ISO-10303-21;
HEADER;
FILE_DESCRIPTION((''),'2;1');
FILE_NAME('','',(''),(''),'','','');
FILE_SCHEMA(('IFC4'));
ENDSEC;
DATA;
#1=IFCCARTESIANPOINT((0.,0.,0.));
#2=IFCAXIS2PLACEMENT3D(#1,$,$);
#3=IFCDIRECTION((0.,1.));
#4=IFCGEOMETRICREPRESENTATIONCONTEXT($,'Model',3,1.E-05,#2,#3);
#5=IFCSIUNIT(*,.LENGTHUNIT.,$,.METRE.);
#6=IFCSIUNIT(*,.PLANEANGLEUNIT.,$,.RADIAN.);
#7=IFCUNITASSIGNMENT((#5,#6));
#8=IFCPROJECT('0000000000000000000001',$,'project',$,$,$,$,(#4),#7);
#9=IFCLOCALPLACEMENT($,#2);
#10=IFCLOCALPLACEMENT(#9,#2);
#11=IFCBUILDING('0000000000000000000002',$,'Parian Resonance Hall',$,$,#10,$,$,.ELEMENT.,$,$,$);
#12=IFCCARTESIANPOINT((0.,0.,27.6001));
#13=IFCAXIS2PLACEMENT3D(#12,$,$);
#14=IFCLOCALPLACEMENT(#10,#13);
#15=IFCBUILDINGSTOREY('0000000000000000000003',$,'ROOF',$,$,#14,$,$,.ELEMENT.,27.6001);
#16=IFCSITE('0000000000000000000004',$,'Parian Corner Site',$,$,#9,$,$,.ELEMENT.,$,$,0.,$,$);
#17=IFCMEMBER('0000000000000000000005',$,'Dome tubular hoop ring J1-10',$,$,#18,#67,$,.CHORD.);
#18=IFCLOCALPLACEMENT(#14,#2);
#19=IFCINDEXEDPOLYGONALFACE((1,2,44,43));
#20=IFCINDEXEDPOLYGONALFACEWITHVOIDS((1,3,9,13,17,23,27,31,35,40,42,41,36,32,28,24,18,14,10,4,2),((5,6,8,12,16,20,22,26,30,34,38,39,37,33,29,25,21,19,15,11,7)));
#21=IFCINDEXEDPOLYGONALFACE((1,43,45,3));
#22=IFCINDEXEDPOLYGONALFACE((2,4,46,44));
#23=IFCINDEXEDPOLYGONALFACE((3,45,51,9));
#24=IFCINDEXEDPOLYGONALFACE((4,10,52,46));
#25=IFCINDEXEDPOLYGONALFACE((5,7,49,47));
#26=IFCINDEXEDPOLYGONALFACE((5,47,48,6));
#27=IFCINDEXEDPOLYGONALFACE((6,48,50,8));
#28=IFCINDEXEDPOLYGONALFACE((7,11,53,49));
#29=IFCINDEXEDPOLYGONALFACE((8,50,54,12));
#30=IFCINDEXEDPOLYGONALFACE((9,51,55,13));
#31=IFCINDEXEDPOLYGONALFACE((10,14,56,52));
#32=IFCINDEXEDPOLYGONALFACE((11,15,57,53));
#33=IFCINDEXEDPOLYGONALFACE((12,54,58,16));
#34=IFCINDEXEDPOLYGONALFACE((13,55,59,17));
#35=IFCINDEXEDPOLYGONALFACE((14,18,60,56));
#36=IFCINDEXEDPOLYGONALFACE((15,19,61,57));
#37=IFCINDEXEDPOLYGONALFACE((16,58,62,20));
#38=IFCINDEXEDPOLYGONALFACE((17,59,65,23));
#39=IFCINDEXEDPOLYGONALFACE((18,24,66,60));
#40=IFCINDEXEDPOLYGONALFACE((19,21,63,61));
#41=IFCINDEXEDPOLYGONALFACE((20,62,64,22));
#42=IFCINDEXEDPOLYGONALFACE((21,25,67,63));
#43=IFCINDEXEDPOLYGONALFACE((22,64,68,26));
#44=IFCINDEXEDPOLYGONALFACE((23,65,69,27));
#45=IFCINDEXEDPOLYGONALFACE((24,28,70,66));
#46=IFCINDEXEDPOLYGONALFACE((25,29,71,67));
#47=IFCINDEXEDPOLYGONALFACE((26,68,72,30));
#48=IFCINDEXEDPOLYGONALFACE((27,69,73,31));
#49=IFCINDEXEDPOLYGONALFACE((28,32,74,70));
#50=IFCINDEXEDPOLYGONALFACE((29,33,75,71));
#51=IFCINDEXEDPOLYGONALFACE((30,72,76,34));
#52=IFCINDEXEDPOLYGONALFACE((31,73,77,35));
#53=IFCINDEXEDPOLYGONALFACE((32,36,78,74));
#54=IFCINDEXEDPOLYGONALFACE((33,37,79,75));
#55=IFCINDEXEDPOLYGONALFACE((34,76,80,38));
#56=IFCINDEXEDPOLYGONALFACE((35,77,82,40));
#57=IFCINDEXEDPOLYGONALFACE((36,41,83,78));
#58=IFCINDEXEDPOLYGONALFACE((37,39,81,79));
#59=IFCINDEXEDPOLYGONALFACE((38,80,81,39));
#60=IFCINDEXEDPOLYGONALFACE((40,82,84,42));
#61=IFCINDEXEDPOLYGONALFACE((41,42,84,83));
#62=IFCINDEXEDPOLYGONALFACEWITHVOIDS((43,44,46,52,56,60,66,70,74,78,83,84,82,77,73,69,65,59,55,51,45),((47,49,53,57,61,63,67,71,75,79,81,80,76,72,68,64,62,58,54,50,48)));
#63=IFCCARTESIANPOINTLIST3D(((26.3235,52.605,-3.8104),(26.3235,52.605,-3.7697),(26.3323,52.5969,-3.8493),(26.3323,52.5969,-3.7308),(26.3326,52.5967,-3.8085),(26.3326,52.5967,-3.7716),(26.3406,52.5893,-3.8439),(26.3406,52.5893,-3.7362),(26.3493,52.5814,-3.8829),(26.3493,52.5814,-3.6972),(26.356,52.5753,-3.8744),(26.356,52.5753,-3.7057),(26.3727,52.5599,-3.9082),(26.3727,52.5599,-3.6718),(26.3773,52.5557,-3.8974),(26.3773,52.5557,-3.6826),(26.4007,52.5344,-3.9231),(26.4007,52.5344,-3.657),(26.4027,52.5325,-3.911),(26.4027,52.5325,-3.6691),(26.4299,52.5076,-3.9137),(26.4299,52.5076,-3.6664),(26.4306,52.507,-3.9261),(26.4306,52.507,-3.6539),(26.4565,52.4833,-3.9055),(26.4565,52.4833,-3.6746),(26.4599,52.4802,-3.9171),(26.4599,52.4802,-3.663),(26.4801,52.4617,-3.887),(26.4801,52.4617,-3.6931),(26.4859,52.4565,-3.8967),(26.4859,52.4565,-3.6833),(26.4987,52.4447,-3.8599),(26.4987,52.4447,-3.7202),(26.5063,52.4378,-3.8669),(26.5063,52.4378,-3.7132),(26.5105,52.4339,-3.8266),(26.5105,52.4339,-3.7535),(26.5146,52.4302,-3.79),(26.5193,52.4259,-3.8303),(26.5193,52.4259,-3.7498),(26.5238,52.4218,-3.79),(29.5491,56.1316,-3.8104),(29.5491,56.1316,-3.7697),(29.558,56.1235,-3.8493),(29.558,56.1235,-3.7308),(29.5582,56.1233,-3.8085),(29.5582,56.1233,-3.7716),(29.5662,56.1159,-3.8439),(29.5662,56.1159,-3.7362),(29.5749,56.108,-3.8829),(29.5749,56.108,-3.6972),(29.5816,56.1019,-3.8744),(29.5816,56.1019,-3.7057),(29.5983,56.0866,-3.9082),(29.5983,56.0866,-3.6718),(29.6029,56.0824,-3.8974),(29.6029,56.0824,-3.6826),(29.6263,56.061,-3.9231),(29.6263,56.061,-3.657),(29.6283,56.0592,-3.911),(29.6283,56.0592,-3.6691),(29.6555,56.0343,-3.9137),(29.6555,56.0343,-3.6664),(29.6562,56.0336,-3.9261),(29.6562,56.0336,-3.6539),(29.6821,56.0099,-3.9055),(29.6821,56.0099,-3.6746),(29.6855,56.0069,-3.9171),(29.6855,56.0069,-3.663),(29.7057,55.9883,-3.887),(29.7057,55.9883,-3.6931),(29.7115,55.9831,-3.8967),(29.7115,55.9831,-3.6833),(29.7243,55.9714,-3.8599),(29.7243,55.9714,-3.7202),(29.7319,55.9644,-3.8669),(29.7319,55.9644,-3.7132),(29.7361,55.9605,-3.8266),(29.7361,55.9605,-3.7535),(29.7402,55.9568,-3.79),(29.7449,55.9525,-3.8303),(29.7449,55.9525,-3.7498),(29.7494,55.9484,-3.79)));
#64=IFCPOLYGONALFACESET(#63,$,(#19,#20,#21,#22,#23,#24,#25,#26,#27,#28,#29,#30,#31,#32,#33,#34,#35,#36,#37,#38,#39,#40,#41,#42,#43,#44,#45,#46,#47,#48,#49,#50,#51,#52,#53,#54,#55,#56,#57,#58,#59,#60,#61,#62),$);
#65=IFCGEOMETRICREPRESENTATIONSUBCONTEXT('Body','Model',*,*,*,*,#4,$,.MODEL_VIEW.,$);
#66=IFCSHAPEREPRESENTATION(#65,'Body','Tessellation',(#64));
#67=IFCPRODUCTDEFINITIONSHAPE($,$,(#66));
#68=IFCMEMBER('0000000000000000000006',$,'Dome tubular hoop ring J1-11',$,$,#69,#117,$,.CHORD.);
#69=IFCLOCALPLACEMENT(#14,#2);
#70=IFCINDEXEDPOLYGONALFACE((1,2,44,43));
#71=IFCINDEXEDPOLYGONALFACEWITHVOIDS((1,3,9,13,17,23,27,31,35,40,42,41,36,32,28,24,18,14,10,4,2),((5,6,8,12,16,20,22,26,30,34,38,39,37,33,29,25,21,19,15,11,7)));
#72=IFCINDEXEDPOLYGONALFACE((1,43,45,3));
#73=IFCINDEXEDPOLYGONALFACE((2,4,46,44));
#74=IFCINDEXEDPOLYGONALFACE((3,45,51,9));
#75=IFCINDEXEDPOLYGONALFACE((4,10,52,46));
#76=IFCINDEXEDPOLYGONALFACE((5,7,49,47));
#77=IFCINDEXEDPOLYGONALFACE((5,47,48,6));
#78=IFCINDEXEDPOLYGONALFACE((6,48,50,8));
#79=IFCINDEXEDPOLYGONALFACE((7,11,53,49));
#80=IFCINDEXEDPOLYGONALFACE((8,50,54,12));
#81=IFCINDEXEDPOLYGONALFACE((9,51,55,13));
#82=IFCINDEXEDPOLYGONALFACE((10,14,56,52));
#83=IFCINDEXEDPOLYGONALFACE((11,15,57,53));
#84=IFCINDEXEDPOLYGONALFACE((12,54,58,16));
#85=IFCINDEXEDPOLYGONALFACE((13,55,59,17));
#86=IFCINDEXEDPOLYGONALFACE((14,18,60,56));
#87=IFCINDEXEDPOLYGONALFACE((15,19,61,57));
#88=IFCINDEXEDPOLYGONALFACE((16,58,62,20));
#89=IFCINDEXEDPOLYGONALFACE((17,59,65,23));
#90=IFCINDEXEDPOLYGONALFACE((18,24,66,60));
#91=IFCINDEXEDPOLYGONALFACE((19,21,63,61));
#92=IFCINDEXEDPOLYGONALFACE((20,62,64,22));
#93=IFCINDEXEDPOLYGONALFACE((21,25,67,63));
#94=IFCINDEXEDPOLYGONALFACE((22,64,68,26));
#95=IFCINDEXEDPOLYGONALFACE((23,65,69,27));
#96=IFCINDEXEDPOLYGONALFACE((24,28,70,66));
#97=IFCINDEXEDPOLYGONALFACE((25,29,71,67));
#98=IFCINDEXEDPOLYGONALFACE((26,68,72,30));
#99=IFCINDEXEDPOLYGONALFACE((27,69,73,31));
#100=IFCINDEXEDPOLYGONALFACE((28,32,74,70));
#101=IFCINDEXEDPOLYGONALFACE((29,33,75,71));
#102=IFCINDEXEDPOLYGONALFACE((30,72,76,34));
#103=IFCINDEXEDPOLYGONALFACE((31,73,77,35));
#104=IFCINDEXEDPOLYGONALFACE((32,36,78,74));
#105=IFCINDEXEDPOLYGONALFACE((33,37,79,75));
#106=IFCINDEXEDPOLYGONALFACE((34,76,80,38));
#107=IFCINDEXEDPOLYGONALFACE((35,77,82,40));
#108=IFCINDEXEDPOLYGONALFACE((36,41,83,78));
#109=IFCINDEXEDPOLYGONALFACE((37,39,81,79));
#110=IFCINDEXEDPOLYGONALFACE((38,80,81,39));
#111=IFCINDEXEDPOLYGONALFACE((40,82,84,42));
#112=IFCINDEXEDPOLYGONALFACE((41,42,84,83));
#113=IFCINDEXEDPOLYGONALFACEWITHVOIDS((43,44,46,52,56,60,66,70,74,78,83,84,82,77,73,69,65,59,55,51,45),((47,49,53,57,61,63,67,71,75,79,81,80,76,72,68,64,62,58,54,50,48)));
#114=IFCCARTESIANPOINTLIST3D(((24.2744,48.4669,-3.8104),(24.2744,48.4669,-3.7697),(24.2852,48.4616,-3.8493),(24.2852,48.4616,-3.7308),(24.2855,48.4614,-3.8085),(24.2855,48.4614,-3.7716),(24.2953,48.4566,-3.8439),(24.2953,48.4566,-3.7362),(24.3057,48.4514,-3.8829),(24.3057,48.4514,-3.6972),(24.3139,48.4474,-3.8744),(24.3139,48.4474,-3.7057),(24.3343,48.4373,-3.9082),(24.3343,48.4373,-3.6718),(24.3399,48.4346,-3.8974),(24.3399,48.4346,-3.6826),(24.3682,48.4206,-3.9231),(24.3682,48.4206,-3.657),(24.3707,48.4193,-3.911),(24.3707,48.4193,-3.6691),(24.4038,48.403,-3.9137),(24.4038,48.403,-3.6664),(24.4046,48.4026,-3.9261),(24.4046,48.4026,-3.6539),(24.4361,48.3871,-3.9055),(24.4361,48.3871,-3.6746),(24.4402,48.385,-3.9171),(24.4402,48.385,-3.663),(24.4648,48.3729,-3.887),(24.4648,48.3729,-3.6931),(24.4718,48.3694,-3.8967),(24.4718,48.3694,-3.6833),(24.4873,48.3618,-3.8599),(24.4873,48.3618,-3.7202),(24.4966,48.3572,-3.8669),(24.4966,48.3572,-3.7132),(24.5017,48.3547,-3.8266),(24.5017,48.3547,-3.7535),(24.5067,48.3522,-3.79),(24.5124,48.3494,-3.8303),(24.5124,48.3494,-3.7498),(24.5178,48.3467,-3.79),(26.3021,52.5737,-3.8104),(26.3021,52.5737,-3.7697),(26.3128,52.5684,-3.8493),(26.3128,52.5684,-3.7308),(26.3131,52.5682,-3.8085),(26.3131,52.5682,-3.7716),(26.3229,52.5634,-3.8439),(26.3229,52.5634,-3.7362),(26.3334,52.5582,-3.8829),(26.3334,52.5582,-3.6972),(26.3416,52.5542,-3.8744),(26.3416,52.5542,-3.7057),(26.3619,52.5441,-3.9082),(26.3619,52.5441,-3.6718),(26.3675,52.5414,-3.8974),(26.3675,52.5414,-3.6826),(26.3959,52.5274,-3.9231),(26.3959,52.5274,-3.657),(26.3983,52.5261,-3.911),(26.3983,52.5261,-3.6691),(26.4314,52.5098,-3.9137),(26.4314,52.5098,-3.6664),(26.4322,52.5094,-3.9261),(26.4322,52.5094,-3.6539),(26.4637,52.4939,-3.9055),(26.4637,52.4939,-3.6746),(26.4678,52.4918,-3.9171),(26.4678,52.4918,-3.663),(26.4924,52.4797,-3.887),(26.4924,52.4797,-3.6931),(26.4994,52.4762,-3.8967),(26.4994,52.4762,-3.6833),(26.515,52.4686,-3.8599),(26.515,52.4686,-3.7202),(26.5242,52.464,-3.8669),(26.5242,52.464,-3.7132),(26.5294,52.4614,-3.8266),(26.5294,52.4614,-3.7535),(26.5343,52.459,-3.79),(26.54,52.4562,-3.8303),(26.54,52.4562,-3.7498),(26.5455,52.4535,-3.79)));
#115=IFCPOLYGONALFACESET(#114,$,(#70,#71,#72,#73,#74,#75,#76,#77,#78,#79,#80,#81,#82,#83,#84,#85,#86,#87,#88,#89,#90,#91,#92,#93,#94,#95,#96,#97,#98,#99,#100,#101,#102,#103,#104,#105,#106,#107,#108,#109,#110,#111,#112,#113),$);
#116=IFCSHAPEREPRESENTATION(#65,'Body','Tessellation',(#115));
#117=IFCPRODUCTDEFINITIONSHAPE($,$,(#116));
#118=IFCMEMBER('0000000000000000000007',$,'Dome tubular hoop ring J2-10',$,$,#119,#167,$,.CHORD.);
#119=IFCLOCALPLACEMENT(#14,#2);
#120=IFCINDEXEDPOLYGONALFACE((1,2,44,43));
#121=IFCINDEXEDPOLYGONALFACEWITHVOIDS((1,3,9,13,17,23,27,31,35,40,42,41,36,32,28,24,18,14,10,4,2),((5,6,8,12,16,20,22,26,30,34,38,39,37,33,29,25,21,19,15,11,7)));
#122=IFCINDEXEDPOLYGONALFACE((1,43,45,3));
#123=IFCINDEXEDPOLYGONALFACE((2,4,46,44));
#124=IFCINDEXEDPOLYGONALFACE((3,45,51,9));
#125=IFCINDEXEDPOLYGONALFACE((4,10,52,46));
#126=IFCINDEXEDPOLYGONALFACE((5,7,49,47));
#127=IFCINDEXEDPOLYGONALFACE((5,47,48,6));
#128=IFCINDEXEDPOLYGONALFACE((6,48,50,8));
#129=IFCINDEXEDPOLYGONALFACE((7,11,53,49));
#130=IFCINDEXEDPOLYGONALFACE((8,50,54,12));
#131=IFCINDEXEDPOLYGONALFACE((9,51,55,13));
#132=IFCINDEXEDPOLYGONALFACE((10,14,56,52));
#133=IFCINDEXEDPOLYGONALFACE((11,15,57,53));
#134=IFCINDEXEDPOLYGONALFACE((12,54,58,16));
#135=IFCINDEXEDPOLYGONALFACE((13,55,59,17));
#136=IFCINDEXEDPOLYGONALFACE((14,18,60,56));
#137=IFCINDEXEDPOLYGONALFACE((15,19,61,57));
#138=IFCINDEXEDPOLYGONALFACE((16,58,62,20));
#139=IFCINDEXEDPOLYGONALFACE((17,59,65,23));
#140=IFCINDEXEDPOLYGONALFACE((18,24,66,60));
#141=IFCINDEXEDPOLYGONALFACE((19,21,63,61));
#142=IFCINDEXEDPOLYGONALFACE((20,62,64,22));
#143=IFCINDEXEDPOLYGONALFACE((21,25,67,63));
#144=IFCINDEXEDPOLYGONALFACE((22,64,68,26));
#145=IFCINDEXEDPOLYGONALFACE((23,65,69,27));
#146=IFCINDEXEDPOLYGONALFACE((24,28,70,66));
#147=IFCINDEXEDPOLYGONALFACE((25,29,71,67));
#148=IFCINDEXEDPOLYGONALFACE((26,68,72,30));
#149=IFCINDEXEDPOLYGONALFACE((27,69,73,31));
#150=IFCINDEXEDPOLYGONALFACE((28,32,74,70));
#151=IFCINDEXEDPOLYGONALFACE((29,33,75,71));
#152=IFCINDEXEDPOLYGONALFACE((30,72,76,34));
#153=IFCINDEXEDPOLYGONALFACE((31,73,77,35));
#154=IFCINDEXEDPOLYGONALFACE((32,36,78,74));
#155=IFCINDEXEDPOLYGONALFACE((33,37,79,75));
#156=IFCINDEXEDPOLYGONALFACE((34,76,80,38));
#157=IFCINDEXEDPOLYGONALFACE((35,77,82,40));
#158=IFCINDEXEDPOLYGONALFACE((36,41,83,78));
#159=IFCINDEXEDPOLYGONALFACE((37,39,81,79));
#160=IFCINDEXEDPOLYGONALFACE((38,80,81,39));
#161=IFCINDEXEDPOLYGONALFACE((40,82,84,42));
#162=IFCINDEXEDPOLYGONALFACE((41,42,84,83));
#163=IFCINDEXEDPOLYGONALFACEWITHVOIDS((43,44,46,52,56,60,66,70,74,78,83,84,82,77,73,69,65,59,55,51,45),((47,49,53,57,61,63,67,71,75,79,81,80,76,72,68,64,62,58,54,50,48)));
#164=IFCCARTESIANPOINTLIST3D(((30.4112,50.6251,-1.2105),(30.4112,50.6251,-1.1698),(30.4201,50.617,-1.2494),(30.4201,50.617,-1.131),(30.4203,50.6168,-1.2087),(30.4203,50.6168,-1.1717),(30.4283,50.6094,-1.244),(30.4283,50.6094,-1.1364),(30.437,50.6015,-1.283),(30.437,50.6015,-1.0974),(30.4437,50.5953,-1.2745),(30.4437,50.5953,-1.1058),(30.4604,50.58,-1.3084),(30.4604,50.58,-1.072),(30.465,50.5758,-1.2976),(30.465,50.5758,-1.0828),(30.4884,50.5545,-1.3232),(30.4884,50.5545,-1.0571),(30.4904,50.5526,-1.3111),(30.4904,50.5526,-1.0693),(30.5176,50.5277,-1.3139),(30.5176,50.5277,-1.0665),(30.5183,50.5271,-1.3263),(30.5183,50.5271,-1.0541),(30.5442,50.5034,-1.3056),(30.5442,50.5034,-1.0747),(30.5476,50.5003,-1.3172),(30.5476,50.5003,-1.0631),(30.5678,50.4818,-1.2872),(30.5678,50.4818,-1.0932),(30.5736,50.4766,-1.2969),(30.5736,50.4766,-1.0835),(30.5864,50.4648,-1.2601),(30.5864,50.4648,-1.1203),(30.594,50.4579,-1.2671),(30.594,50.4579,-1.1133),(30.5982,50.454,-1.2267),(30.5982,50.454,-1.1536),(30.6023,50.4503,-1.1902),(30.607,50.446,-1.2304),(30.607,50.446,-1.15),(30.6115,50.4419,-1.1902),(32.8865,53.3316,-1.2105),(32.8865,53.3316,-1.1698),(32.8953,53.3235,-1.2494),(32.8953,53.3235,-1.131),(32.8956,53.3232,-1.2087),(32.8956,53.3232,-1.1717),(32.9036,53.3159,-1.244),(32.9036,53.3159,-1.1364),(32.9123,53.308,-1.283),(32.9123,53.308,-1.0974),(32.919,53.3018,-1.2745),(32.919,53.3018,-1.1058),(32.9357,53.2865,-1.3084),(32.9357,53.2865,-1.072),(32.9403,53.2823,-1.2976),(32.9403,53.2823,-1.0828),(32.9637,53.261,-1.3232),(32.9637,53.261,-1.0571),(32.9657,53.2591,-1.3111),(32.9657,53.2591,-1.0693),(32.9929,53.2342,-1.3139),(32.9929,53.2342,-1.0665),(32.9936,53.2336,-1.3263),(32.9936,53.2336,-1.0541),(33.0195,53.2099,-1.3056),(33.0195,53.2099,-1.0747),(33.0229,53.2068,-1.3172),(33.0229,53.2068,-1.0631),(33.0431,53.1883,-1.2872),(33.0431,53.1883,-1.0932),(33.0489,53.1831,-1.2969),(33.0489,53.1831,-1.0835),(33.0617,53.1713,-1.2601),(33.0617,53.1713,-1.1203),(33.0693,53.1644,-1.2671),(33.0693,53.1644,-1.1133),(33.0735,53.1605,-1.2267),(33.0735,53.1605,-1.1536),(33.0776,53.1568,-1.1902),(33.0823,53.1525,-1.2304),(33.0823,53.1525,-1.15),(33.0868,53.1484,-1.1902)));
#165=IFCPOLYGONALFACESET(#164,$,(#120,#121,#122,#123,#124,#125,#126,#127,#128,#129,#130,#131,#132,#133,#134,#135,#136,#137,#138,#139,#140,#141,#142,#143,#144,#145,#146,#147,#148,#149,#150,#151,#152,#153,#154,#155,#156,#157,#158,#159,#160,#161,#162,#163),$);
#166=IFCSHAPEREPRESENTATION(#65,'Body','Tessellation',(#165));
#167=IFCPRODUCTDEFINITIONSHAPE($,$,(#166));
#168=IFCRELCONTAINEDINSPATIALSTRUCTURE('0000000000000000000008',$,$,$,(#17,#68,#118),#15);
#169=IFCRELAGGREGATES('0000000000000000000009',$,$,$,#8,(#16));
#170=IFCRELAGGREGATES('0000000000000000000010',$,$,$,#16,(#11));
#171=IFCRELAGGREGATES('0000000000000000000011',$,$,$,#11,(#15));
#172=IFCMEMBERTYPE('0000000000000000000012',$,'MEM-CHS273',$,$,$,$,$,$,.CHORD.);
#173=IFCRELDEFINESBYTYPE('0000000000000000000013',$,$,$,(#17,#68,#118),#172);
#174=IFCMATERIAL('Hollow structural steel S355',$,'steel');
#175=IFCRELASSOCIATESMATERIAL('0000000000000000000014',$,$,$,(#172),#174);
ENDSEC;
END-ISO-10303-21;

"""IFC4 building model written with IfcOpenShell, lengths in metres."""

from ifc_helpers import new_model, si_unit, direction, frame, origin, origin_2d, place, context, subcontext, project, spatial, hollow_circle, extrude, material, material_profile, profile_set, type_object, element, save


model = new_model("IFC4")

# Units and contexts
model_context = context("Model", 3, precision=1e-05, world=origin(), true_north=direction((0.0, 1.0)))
body_context = subcontext(model_context, "Body", "Model", "MODEL_VIEW")
ifc_project = project(units=[si_unit("LENGTHUNIT", "METRE"), si_unit("PLANEANGLEUNIT", "RADIAN")], contexts=[model_context])

# Site, building, storey
site_placement = place(None, origin())
site = spatial("IfcSite", under=ifc_project, at=site_placement, Name="Parian Corner Site", CompositionType="ELEMENT", RefElevation=0.0)
building_placement = place(site_placement, origin())
building = spatial("IfcBuilding", under=site, at=building_placement, Name="Parian Resonance Hall", CompositionType="ELEMENT")
storey_placement = place(building_placement, frame((0.0, 0.0, 27.6001)))
storey = spatial("IfcBuildingStorey", under=building, at=storey_placement, Name="ROOF", CompositionType="ELEMENT", Elevation=27.6001)

# Members
ifc_material_1 = material(Name="Hollow structural steel S355", Category="steel")
ifc_material_profile_1 = material_profile(ifc_material_1, hollow_circle(Radius=0.1365, WallThickness=0.0125, at=origin_2d()), Name="CHS273x12.5")
ifc_profile_set_1 = profile_set([ifc_material_profile_1], Name="Hollow structural steel S355")
member_type_1 = type_object("IfcMemberType", Name="MEM-CHS273", PredefinedType="CHORD", material=ifc_profile_set_1)
member_1_placement = place(storey_placement, frame((29.6487, 56.0405, -3.79), z_axis=(-0.674912, -0.737898, 0.0), x_axis=(0.737898, -0.674912, 0.0)))
element("IfcMember", 1, at=member_1_placement, inside=storey, type_object=member_type_1, Name="Dome tubular hoop ring J1-10", PredefinedType="CHORD", context=body_context, shape_type="SweptSolid", body=[
    extrude(hollow_circle(Radius=0.1365, WallThickness=0.0125, at=origin_2d()), origin(), (0.0, 0.0, 1.0), 4.7793),
])
member_2_placement = place(storey_placement, frame((26.4231, 52.5139, -3.79), z_axis=(-0.442709, -0.896665, 0.0), x_axis=(0.896665, -0.442709, 0.0)))
element("IfcMember", 2, at=member_2_placement, inside=storey, type_object=member_type_1, Name="Dome tubular hoop ring J1-11", PredefinedType="CHORD", context=body_context, shape_type="SweptSolid", body=[
    extrude(hollow_circle(Radius=0.1365, WallThickness=0.0125, at=origin_2d()), origin(), (0.0, 0.0, 1.0), 4.5801),
])
member_3_placement = place(storey_placement, frame((32.9861, 53.2405, -1.1902), z_axis=(-0.674886, -0.737922, 0.0), x_axis=(0.737922, -0.674886, 0.0)))
element("IfcMember", 3, at=member_3_placement, inside=storey, type_object=member_type_1, Name="Dome tubular hoop ring J2-10", PredefinedType="CHORD", context=body_context, shape_type="SweptSolid", body=[
    extrude(hollow_circle(Radius=0.1365, WallThickness=0.0125, at=origin_2d()), origin(), (0.0, 0.0, 1.0), 3.6677),
])

save(model, "model.ifc")
